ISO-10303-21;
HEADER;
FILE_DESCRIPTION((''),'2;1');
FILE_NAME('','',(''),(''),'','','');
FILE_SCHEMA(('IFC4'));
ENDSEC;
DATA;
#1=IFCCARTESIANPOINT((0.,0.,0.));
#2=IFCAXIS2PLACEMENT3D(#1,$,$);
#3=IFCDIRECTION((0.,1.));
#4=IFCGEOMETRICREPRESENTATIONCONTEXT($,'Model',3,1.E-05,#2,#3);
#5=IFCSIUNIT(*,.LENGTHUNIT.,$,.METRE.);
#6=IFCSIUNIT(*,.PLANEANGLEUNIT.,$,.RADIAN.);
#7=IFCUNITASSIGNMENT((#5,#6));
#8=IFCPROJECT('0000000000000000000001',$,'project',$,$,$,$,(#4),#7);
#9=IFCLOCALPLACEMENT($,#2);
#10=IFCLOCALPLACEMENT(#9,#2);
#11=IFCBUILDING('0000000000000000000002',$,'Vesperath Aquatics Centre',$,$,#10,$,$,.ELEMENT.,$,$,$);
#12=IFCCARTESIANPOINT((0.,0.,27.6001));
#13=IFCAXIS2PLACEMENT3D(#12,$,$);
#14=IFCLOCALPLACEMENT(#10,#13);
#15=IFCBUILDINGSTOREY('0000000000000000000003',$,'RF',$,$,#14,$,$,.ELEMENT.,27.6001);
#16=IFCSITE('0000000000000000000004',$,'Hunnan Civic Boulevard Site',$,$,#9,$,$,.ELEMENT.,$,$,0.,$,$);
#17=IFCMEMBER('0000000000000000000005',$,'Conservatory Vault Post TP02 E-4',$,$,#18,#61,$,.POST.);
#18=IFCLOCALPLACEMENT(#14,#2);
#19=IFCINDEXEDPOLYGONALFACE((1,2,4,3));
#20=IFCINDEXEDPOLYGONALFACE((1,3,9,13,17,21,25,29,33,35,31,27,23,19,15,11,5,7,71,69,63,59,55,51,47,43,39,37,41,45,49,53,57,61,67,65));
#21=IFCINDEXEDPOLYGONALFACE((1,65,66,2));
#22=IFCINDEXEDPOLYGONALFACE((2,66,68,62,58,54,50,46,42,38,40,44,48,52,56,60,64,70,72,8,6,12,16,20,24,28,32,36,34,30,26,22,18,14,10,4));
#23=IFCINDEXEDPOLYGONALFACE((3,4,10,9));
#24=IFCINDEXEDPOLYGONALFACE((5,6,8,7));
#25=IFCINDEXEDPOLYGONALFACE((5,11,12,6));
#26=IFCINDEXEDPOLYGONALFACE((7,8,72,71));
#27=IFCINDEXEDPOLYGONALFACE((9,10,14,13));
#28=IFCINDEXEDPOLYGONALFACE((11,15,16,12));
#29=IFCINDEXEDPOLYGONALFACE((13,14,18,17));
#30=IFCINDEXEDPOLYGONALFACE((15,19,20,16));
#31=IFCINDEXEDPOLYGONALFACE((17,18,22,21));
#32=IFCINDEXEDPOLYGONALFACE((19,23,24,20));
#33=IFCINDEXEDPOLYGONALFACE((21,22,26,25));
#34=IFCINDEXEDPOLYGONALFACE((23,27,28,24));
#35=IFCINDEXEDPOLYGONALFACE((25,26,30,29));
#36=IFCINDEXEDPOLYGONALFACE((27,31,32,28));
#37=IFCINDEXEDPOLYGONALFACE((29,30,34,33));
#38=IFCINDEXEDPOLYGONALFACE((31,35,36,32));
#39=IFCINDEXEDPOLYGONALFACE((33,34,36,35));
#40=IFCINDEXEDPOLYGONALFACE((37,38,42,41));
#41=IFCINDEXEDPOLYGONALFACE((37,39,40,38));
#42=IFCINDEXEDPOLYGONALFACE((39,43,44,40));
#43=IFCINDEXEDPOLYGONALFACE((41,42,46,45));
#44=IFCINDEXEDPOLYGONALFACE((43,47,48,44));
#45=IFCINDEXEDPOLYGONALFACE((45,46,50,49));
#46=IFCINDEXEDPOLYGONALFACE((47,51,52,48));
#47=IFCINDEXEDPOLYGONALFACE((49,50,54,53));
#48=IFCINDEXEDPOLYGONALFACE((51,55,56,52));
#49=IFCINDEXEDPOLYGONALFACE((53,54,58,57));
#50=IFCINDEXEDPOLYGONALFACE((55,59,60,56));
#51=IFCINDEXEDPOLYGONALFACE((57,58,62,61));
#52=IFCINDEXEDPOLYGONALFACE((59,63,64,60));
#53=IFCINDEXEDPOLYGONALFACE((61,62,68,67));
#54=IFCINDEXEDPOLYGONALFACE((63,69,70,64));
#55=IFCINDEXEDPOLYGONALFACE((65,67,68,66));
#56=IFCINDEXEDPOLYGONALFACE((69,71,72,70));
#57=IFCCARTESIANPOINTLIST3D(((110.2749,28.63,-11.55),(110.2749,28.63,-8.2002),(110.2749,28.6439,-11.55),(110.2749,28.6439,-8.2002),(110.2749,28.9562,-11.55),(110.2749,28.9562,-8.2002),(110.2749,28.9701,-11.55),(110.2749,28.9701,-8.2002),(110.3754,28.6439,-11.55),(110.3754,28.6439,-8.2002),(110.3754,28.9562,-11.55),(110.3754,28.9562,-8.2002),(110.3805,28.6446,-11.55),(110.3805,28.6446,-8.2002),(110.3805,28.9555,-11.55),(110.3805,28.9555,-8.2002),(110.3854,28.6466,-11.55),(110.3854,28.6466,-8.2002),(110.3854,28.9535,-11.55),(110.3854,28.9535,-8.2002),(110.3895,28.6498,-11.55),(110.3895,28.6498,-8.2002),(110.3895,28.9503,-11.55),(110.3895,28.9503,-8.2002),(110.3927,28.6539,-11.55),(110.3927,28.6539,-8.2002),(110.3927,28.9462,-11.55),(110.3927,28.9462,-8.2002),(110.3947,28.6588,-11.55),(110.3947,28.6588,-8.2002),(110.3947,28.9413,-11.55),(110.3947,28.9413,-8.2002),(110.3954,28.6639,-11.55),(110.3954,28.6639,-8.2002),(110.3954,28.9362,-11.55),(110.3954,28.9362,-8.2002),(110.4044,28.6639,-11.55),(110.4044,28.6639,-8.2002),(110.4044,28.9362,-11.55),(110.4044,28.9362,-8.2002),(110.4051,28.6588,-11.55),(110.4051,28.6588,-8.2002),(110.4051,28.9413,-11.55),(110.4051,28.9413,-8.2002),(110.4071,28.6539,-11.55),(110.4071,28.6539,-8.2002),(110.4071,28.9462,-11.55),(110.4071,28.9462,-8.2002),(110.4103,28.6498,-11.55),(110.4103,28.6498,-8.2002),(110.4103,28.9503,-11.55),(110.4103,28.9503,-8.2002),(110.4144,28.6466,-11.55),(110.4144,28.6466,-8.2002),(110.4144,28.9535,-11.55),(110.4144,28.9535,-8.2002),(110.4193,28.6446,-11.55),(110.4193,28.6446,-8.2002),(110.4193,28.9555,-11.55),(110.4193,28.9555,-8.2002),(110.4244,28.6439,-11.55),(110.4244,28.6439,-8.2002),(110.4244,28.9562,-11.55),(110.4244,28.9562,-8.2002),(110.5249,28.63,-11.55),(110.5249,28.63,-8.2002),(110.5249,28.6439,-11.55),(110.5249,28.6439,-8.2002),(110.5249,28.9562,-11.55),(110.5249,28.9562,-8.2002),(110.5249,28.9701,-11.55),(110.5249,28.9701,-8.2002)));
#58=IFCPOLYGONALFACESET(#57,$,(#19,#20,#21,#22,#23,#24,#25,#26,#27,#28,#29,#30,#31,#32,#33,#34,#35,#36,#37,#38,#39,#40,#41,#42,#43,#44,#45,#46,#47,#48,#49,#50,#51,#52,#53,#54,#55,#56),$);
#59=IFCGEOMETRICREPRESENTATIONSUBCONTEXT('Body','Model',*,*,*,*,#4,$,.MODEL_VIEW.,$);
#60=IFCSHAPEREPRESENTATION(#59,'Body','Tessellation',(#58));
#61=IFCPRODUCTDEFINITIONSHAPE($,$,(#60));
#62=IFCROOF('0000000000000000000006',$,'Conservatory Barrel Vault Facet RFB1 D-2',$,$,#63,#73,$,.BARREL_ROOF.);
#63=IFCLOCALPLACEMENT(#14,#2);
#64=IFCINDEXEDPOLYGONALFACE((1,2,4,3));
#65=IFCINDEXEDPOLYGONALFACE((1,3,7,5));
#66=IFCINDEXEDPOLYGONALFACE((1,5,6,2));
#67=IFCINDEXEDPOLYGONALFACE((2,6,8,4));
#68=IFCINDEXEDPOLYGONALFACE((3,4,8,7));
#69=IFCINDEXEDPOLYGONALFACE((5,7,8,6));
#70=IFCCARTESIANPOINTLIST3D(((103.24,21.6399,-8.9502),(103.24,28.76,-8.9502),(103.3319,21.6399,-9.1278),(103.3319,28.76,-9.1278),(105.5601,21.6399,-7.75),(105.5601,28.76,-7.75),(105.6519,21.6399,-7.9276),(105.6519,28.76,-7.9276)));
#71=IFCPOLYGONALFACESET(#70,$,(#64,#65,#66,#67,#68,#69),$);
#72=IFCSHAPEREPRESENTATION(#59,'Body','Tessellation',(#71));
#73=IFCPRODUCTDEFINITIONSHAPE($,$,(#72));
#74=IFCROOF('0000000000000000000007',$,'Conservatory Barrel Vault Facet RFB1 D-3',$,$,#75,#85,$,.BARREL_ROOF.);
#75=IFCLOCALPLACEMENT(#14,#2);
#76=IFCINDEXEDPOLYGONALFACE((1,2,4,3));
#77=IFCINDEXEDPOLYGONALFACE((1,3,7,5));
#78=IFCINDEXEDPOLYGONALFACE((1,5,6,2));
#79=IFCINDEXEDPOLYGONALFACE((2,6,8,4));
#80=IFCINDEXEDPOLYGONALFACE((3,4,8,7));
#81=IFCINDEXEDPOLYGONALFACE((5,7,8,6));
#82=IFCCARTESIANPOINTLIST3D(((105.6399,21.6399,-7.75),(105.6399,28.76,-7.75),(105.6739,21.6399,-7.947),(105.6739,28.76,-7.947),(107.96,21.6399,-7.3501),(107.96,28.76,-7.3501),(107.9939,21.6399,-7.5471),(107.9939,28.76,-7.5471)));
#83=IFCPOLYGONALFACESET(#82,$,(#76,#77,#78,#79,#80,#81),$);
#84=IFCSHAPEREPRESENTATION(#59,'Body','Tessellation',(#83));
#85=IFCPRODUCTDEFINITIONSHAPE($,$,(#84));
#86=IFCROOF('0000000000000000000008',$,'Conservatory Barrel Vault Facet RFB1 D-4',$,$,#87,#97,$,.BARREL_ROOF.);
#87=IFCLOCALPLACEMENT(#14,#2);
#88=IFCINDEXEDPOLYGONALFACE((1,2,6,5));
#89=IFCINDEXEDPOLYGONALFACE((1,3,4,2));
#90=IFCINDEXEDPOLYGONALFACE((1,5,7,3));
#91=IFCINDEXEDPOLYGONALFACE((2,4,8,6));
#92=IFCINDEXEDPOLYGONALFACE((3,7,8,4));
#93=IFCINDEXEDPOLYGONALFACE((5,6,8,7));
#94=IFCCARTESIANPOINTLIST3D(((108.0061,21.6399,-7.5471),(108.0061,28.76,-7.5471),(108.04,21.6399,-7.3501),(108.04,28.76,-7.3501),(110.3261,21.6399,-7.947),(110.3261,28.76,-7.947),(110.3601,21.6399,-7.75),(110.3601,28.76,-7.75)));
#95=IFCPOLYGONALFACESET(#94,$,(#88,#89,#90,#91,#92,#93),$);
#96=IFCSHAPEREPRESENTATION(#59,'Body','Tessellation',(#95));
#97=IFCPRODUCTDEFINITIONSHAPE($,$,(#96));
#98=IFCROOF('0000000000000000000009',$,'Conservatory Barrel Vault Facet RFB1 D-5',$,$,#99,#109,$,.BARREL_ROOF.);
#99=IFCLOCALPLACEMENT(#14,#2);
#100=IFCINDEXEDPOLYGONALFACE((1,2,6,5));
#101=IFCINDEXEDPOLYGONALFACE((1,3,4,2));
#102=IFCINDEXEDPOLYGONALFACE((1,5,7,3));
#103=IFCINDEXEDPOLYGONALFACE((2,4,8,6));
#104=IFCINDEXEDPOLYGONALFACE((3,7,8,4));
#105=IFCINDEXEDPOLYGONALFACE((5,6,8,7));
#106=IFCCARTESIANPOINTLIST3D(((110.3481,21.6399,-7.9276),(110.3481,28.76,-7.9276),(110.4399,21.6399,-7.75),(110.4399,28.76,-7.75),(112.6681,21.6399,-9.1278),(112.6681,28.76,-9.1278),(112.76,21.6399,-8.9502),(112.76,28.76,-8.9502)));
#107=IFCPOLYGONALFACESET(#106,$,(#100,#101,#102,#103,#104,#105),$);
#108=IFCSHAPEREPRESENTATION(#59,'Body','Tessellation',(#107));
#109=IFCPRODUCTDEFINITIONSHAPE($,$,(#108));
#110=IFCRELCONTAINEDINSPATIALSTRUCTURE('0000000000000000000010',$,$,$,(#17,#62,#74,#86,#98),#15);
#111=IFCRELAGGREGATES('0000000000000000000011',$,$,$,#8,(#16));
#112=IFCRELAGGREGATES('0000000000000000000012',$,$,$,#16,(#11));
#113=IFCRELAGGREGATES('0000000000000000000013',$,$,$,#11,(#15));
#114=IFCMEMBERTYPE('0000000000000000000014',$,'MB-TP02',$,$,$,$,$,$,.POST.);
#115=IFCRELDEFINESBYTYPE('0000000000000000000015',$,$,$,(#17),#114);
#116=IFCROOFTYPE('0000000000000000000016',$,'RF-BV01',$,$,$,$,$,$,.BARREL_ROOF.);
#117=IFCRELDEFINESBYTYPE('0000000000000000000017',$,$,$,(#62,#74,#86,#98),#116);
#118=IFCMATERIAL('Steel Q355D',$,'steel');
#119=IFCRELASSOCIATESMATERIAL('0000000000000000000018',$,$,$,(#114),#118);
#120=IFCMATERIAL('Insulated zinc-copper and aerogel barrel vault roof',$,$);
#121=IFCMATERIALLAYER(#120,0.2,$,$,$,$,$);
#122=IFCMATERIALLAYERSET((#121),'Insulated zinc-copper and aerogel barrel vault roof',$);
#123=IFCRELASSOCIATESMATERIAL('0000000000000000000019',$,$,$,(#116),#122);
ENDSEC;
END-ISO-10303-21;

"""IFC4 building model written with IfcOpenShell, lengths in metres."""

from ifc_helpers import new_model, si_unit, direction, frame, origin, origin_2d, place, context, subcontext, project, spatial, polyline, i_section, outline, extrude, material, layer, layer_set, material_profile, profile_set, type_object, element, save


model = new_model("IFC4")

# Units and contexts
model_context = context("Model", 3, precision=1e-05, world=origin(), true_north=direction((0.0, 1.0)))
body_context = subcontext(model_context, "Body", "Model", "MODEL_VIEW")
ifc_project = project(units=[si_unit("LENGTHUNIT", "METRE"), si_unit("PLANEANGLEUNIT", "RADIAN")], contexts=[model_context])

# Site, building, storey
site_placement = place(None, origin())
site = spatial("IfcSite", under=ifc_project, at=site_placement, Name="Hunnan Civic Boulevard Site", CompositionType="ELEMENT", RefElevation=0.0)
building_placement = place(site_placement, origin())
building = spatial("IfcBuilding", under=site, at=building_placement, Name="Vesperath Aquatics Centre", CompositionType="ELEMENT")
storey_placement = place(building_placement, frame((0.0, 0.0, 27.6001)))
storey = spatial("IfcBuildingStorey", under=building, at=storey_placement, Name="RF", CompositionType="ELEMENT", Elevation=27.6001)

# Member
ifc_material_1 = material(Name="Steel Q355D", Category="steel")
ifc_material_profile_1 = material_profile(ifc_material_1, i_section(OverallWidth=0.25, OverallDepth=0.3401, WebThickness=0.009, FlangeThickness=0.0139, FilletRadius=0.02, at=origin_2d()), Name="HM 340x250x9x14")
ifc_profile_set_1 = profile_set([ifc_material_profile_1], Name="Steel Q355D")
member_type_1 = type_object("IfcMemberType", Name="MB-TP02", PredefinedType="POST", material=ifc_profile_set_1)
member_1_placement = place(storey_placement, frame((110.3999, 28.8, -11.55), z_axis=(0.0, 0.0, 1.0), x_axis=(1.0, 0.0, 0.0)))
element("IfcMember", 1, at=member_1_placement, inside=storey, type_object=member_type_1, Name="Conservatory Vault Post TP02 E-4", PredefinedType="POST", context=body_context, shape_type="SweptSolid", body=[
    extrude(i_section(OverallWidth=0.25, OverallDepth=0.3401, WebThickness=0.009, FlangeThickness=0.0139, FilletRadius=0.02, at=origin_2d()), origin(), (0.0, 0.0, 1.0), 3.3499),
])

# Roofs
ifc_material_2 = material(Name="Insulated zinc-copper and aerogel barrel vault roof")
ifc_layer = layer(ifc_material_2, 0.2)
ifc_layer_set = layer_set([ifc_layer], Name="Insulated zinc-copper and aerogel barrel vault roof")
roof_type = type_object("IfcRoofType", Name="RF-BV01", PredefinedType="BARREL_ROOF", material=ifc_layer_set)
roof_1_placement = place(storey_placement, frame((103.24, 21.6399, -8.9502), z_axis=(-0.459471, 0.0, 0.888193), x_axis=(0.888193, 0.0, 0.459471)))
element("IfcRoof", 2, at=roof_1_placement, inside=storey, type_object=roof_type, Name="Conservatory Barrel Vault Facet RFB1 D-2", PredefinedType="BARREL_ROOF", context=body_context, shape_type="SweptSolid", body=[
    extrude(outline(polyline([(0.0, 0.0), (2.6121, 0.0), (2.6121, 7.1201), (0.0, 7.1201), (0.0, 0.0)])), origin(), (0.0, 0.0, -1.0), 0.2),
])
for number, where, z_axis, x_axis, name in (
    (3, (105.6399, 21.6399, -7.75), (-0.169862, 0.0, 0.985468), (0.985468, 0.0, 0.169862), "Conservatory Barrel Vault Facet RFB1 D-3"),
    (4, (108.04, 21.6399, -7.3501), (0.169862, 0.0, 0.985468), (0.985468, 0.0, -0.169862), "Conservatory Barrel Vault Facet RFB1 D-4"),
):
    element("IfcRoof", number, at=place(storey_placement, frame(where, z_axis=z_axis, x_axis=x_axis)), inside=storey, type_object=roof_type, Name=name, PredefinedType="BARREL_ROOF", context=body_context, shape_type="SweptSolid", body=[
        extrude(outline(polyline([(0.0, 0.0), (2.3543, 0.0), (2.3543, 7.1201), (0.0, 7.1201), (0.0, 0.0)])), origin(), (0.0, 0.0, -1.0), 0.2),
    ])
roof_2_placement = place(storey_placement, frame((110.4399, 21.6399, -7.75), z_axis=(0.459471, 0.0, 0.888193), x_axis=(0.888193, 0.0, -0.459471)))
element("IfcRoof", 5, at=roof_2_placement, inside=storey, type_object=roof_type, Name="Conservatory Barrel Vault Facet RFB1 D-5", PredefinedType="BARREL_ROOF", context=body_context, shape_type="SweptSolid", body=[
    extrude(outline(polyline([(0.0, 0.0), (2.6121, 0.0), (2.6121, 7.1201), (0.0, 7.1201), (0.0, 0.0)])), origin(), (0.0, 0.0, -1.0), 0.2),
])

save(model, "model.ifc")
